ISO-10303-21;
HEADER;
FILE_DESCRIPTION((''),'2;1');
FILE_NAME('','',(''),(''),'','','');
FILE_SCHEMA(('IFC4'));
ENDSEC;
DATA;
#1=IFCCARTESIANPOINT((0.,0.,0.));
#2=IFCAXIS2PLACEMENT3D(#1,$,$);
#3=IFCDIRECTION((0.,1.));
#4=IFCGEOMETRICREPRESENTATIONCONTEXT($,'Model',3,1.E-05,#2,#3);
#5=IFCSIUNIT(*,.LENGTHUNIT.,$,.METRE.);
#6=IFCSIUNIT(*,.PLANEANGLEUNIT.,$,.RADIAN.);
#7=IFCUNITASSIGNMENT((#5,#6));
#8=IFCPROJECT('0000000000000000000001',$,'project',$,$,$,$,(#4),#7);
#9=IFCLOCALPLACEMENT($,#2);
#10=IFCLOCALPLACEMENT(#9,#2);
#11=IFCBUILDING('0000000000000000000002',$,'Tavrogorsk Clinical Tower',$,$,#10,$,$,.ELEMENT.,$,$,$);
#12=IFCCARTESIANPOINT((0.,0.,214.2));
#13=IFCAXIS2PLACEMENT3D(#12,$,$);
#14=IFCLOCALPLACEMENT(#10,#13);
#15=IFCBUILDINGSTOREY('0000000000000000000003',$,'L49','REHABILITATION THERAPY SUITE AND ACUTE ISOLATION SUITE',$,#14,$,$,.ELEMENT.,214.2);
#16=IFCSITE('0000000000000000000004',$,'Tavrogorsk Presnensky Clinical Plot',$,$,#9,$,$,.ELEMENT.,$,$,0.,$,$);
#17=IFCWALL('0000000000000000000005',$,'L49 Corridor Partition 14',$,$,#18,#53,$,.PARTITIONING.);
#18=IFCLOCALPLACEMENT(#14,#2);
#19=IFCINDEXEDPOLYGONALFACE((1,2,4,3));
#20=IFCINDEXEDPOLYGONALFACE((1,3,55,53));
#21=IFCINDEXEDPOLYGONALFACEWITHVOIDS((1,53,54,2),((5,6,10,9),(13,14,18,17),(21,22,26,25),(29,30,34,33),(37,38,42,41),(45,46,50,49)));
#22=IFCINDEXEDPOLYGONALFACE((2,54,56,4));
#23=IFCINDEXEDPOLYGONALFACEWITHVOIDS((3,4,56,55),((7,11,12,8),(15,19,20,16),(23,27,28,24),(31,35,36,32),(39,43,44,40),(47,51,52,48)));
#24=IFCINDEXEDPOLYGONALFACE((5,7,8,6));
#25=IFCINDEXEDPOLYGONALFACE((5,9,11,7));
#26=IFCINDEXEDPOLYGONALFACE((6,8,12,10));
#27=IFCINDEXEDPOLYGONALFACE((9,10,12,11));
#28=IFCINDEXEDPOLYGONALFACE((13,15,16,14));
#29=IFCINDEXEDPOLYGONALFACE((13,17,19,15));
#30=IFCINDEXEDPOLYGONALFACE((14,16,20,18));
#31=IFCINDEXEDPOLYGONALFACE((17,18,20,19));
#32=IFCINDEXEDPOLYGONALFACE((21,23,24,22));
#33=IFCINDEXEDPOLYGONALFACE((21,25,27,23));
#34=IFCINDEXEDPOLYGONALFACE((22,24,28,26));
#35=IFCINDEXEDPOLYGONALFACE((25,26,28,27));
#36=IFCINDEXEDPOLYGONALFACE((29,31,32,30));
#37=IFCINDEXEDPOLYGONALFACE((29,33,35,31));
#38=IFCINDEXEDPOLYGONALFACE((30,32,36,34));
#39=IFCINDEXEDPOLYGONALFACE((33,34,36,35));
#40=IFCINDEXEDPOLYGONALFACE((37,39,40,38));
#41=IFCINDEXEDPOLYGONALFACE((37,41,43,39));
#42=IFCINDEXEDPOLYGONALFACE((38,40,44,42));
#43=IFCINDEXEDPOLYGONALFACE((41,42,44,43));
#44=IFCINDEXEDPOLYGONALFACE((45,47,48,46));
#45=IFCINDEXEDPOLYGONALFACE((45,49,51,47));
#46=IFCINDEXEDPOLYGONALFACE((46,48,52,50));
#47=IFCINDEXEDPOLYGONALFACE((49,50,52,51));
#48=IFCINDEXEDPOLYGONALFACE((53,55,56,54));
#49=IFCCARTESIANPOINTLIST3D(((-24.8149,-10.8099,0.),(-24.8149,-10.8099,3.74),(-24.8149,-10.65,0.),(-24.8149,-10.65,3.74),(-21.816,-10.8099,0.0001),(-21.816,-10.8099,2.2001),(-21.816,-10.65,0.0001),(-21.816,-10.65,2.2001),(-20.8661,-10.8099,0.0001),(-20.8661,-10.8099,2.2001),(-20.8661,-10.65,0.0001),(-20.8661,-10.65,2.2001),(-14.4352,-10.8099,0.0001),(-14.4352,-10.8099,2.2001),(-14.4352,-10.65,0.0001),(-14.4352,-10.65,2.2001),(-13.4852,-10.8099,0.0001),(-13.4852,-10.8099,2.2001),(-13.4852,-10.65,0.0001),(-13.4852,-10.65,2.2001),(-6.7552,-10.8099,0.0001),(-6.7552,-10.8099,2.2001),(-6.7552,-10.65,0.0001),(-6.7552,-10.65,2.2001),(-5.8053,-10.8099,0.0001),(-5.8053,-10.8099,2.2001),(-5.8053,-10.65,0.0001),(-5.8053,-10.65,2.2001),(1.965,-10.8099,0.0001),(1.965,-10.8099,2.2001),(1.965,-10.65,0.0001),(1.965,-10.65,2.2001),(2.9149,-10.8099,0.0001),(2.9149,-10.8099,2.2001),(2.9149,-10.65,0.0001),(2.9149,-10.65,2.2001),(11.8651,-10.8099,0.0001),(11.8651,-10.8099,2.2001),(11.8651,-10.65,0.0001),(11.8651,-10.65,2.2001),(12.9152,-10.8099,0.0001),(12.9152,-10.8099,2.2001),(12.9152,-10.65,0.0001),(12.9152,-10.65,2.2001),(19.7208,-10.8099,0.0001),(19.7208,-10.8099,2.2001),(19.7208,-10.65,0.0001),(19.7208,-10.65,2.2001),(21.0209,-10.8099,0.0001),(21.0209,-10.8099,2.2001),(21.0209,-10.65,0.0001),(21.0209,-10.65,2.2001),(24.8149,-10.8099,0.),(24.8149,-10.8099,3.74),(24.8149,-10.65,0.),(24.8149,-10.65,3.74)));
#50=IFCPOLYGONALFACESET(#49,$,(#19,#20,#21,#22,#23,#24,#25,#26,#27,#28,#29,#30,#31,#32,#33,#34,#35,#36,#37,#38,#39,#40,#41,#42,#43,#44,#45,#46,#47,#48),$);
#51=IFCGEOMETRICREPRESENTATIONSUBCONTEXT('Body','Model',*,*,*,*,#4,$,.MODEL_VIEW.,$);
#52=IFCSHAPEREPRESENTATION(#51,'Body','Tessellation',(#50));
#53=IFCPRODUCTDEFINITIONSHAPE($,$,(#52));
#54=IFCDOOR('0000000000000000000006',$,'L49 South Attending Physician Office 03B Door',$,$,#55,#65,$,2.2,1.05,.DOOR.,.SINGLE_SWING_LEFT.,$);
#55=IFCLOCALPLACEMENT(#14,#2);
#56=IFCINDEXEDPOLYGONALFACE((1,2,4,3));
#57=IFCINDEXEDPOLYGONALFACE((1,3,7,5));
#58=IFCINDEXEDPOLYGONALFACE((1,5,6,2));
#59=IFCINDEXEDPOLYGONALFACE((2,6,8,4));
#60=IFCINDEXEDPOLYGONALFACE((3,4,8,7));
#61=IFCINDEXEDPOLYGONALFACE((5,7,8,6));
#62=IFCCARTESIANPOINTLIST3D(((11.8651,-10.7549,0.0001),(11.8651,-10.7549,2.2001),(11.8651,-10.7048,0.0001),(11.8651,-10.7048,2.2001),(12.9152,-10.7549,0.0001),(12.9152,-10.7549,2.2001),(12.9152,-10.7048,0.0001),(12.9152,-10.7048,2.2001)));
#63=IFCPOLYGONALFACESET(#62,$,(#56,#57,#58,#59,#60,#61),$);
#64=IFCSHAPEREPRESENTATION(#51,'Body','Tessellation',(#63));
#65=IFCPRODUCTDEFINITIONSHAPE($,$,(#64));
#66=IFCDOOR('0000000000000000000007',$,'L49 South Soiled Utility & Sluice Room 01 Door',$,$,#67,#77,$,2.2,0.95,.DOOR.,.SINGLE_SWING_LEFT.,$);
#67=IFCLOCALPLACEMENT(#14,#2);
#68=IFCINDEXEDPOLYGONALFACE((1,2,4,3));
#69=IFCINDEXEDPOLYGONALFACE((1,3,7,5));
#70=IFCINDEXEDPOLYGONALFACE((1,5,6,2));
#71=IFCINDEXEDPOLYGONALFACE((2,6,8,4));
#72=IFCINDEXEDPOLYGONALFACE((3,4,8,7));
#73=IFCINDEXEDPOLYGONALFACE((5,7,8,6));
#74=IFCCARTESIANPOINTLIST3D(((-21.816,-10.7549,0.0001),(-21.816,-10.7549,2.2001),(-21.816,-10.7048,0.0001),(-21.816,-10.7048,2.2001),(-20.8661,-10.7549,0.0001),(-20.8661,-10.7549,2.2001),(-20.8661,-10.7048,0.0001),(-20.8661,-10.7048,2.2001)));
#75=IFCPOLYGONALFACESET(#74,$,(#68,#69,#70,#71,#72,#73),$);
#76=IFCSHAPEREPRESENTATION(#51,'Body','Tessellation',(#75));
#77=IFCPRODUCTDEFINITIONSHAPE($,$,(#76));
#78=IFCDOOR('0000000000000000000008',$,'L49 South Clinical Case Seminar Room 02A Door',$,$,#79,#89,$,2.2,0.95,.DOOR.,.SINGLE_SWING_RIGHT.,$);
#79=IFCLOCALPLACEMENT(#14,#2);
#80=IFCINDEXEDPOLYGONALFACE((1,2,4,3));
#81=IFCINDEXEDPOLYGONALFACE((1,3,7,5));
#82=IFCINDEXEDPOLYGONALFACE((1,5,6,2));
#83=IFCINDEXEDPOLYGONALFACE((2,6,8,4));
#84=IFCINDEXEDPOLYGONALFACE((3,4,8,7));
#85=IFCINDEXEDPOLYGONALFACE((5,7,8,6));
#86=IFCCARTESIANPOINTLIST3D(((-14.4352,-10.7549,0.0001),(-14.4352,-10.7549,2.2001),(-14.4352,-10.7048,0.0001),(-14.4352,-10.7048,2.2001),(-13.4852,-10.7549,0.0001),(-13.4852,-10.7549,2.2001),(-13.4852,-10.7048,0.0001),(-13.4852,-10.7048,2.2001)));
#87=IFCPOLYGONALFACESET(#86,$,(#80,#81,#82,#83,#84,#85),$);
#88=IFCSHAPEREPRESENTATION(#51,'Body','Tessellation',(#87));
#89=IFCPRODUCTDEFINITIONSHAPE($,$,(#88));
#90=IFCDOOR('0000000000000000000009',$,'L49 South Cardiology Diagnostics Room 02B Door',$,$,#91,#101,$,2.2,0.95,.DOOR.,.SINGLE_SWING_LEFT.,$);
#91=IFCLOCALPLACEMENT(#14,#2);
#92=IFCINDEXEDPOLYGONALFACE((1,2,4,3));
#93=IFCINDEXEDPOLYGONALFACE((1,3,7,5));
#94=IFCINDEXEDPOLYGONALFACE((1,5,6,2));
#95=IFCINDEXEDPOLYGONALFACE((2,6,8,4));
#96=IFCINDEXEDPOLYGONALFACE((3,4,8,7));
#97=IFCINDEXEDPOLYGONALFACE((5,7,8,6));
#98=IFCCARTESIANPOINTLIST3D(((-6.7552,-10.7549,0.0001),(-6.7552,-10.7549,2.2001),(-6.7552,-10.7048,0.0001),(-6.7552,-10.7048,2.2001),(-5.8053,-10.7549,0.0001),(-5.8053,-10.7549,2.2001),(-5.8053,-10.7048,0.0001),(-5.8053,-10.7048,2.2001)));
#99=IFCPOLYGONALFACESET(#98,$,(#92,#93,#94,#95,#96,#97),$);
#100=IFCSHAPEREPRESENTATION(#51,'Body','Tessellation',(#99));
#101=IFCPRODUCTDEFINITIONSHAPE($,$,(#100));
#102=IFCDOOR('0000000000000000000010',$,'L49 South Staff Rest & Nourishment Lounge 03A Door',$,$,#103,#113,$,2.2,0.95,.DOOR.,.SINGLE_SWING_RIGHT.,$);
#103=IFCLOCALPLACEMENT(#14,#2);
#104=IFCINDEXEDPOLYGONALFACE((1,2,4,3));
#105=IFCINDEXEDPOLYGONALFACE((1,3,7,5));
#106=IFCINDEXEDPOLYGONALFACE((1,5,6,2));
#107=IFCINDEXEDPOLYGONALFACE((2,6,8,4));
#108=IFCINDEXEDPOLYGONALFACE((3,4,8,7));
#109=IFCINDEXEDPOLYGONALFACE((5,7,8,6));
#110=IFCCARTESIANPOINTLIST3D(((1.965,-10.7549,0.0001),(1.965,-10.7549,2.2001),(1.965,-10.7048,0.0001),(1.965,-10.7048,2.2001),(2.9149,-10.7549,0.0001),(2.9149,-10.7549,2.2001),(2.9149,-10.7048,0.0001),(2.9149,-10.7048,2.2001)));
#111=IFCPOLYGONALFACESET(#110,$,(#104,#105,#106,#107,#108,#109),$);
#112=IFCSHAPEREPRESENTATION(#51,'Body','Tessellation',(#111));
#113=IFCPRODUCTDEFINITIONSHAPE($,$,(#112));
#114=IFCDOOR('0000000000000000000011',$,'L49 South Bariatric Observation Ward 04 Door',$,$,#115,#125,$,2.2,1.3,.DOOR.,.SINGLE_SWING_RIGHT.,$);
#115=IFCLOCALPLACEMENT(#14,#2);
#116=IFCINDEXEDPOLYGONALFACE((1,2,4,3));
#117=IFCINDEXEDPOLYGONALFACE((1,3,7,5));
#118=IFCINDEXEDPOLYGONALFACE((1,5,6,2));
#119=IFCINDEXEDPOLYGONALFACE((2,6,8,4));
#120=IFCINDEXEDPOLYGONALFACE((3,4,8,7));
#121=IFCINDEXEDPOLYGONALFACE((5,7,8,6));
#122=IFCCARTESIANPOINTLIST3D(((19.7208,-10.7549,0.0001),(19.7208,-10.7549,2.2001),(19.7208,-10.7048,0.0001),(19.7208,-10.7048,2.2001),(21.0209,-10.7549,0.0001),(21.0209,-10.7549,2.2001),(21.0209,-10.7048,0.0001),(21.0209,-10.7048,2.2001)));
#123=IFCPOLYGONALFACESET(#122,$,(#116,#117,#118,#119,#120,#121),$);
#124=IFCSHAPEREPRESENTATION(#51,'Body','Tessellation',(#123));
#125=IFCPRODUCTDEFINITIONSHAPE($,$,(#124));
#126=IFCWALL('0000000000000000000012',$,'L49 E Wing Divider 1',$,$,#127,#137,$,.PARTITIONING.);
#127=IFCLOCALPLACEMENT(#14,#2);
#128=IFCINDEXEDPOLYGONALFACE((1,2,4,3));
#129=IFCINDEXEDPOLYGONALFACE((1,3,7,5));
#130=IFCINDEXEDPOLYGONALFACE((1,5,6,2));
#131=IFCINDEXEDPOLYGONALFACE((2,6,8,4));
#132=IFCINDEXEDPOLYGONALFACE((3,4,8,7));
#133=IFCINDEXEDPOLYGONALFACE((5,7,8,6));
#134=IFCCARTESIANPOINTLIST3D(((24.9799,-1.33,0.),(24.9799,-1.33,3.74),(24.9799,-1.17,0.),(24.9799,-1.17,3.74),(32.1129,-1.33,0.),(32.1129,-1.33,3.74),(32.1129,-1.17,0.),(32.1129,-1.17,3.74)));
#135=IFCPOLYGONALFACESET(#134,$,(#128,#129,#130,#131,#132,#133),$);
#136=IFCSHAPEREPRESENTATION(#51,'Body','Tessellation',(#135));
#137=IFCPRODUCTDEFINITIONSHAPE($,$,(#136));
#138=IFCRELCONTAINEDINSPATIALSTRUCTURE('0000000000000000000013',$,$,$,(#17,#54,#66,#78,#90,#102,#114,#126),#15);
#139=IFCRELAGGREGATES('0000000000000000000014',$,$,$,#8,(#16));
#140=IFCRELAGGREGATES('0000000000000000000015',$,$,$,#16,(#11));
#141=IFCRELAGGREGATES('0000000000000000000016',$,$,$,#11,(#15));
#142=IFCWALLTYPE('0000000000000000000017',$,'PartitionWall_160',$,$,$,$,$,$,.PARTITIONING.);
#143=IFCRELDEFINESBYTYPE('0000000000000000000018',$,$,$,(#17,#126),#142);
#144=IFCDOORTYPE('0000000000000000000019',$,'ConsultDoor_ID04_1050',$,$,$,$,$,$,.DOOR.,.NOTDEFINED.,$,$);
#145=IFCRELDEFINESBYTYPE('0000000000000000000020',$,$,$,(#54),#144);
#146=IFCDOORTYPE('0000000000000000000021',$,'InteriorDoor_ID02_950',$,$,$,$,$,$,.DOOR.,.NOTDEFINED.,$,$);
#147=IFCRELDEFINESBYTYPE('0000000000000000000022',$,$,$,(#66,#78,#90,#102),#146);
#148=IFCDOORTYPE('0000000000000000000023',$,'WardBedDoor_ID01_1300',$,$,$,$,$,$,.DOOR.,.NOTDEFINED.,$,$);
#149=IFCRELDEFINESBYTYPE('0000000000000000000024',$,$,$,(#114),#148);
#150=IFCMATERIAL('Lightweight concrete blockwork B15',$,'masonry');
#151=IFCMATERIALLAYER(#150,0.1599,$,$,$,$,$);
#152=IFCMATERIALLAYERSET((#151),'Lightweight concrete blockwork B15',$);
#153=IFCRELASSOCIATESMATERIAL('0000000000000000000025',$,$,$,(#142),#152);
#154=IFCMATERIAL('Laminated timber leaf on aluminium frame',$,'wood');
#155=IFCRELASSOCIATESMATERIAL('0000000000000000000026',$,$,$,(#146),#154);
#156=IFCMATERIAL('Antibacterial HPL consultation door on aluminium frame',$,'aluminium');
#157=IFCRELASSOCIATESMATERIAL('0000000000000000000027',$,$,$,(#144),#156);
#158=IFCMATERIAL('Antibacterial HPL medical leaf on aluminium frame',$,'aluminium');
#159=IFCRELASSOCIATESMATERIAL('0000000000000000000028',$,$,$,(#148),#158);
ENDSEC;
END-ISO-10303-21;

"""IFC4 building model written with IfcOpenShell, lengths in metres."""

from ifc_helpers import new_model, si_unit, direction, frame, frame_2d, origin, place, context, subcontext, project, spatial, rectangle, extrude, material, layer, layer_set, type_object, element, fill, save


model = new_model("IFC4")

# Units and contexts
model_context = context("Model", 3, precision=1e-05, world=origin(), true_north=direction((0.0, 1.0)))
body_context = subcontext(model_context, "Body", "Model", "MODEL_VIEW")
ifc_project = project(units=[si_unit("LENGTHUNIT", "METRE"), si_unit("PLANEANGLEUNIT", "RADIAN")], contexts=[model_context])

# Site, building, storey
site_placement = place(None, origin())
site = spatial("IfcSite", under=ifc_project, at=site_placement, Name="Tavrogorsk Presnensky Clinical Plot", CompositionType="ELEMENT", RefElevation=0.0)
building_placement = place(site_placement, origin())
building = spatial("IfcBuilding", under=site, at=building_placement, Name="Tavrogorsk Clinical Tower", CompositionType="ELEMENT")
storey_placement = place(building_placement, frame((0.0, 0.0, 214.2)))
storey = spatial("IfcBuildingStorey", under=building, at=storey_placement, Name="L49", Description="REHABILITATION THERAPY SUITE AND ACUTE ISOLATION SUITE", CompositionType="ELEMENT", Elevation=214.2)

# Shared definitions
ifc_material_1 = material(Name="Lightweight concrete blockwork B15", Category="masonry")
ifc_layer = layer(ifc_material_1, 0.1599)
ifc_layer_set = layer_set([ifc_layer], Name="Lightweight concrete blockwork B15")
wall_type = type_object("IfcWallType", Name="PartitionWall_160", PredefinedType="PARTITIONING", material=ifc_layer_set)
ifc_material_2 = material(Name="Laminated timber leaf on aluminium frame", Category="wood")
door_type_1 = type_object("IfcDoorType", Name="InteriorDoor_ID02_950", OperationType="NOTDEFINED", PredefinedType="DOOR", material=ifc_material_2)

# Wall, openings, doors
wall_1_placement = place(storey_placement, frame((24.8149, -10.73, 0.0), z_axis=(0.0, 0.0, 1.0), x_axis=(-1.0, 0.0, 0.0)))
wall_1 = element("IfcWall", 1, at=wall_1_placement, inside=storey, type_object=wall_type, Name="L49 Corridor Partition 14", PredefinedType="PARTITIONING", context=body_context, shape_type="SweptSolid", body=[
    extrude(rectangle(XDim=49.6299, YDim=0.1599, at=frame_2d((24.8149, 0.0))), origin(), (0.0, 0.0, 1.0), 3.74),
])
opening_1_placement = place(wall_1_placement, frame((45.6809, 0.0, 0.0)))
opening_1 = element("IfcOpeningElement", 2, at=opening_1_placement, cuts=wall_1, PredefinedType="OPENING", context=body_context, shape_type="SweptSolid", body=[
    extrude(rectangle(XDim=0.95, YDim=2.2, at=frame_2d((0.4751, 1.1001))), frame((0.0, 0.0898, 0.0), z_axis=(0.0, -1.0, 0.0), x_axis=(1.0, 0.0, 0.0)), (0.0, 0.0, 1.0), 0.1799),
])
opening_2_placement = place(wall_1_placement, frame((38.3, 0.0, 0.0)))
opening_2 = element("IfcOpeningElement", 3, at=opening_2_placement, cuts=wall_1, PredefinedType="OPENING", context=body_context, shape_type="SweptSolid", body=[
    extrude(rectangle(XDim=0.95, YDim=2.2, at=frame_2d((0.4751, 1.1001))), frame((0.0, 0.0898, 0.0), z_axis=(0.0, -1.0, 0.0), x_axis=(1.0, 0.0, 0.0)), (0.0, 0.0, 1.0), 0.1799),
])
opening_3_placement = place(wall_1_placement, frame((30.6201, 0.0, 0.0)))
opening_3 = element("IfcOpeningElement", 4, at=opening_3_placement, cuts=wall_1, PredefinedType="OPENING", context=body_context, shape_type="SweptSolid", body=[
    extrude(rectangle(XDim=0.95, YDim=2.2, at=frame_2d((0.4751, 1.1001))), frame((0.0, 0.0898, 0.0), z_axis=(0.0, -1.0, 0.0), x_axis=(1.0, 0.0, 0.0)), (0.0, 0.0, 1.0), 0.1799),
])
opening_4_placement = place(wall_1_placement, frame((21.8999, 0.0, 0.0)))
opening_4 = element("IfcOpeningElement", 5, at=opening_4_placement, cuts=wall_1, PredefinedType="OPENING", context=body_context, shape_type="SweptSolid", body=[
    extrude(rectangle(XDim=0.95, YDim=2.2, at=frame_2d((0.4751, 1.1001))), frame((0.0, 0.0898, 0.0), z_axis=(0.0, -1.0, 0.0), x_axis=(1.0, 0.0, 0.0)), (0.0, 0.0, 1.0), 0.1799),
])
opening_5_placement = place(wall_1_placement, frame((11.8999, 0.0, 0.0)))
opening_5 = element("IfcOpeningElement", 6, at=opening_5_placement, cuts=wall_1, PredefinedType="OPENING", context=body_context, shape_type="SweptSolid", body=[
    extrude(rectangle(XDim=1.05, YDim=2.2, at=frame_2d((0.5249, 1.1001))), frame((0.0, 0.0898, 0.0), z_axis=(0.0, -1.0, 0.0), x_axis=(1.0, 0.0, 0.0)), (0.0, 0.0, 1.0), 0.1799),
])
opening_6_placement = place(wall_1_placement, frame((3.7942, 0.0, 0.0)))
opening_6 = element("IfcOpeningElement", 7, at=opening_6_placement, cuts=wall_1, PredefinedType="OPENING", context=body_context, shape_type="SweptSolid", body=[
    extrude(rectangle(XDim=1.3, YDim=2.2, at=frame_2d((0.6499, 1.1001))), frame((0.0, 0.0898, 0.0), z_axis=(0.0, -1.0, 0.0), x_axis=(1.0, 0.0, 0.0)), (0.0, 0.0, 1.0), 0.1799),
])
ifc_material_3 = material(Name="Antibacterial HPL consultation door on aluminium frame", Category="aluminium")
door_type_2 = type_object("IfcDoorType", Name="ConsultDoor_ID04_1050", OperationType="NOTDEFINED", PredefinedType="DOOR", material=ifc_material_3)
door_1_placement = place(opening_5_placement, origin())
door_1 = element("IfcDoor", 8, at=door_1_placement, inside=storey, type_object=door_type_2, Name="L49 South Attending Physician Office 03B Door", OperationType="SINGLE_SWING_LEFT", OverallHeight=2.2, OverallWidth=1.05, PredefinedType="DOOR", context=body_context, shape_type="SweptSolid", body=[
    extrude(rectangle(XDim=1.05, YDim=2.2, at=frame_2d((0.5249, 1.1001))), frame((0.0, 0.0249, 0.0), z_axis=(0.0, -1.0, 0.0), x_axis=(1.0, 0.0, 0.0)), (0.0, 0.0, 1.0), 0.05),
])
fill(opening_5, door_1)
door_2_placement = place(opening_1_placement, origin())
door_2 = element("IfcDoor", 9, at=door_2_placement, inside=storey, type_object=door_type_1, Name="L49 South Soiled Utility & Sluice Room 01 Door", OperationType="SINGLE_SWING_LEFT", OverallHeight=2.2, OverallWidth=0.95, PredefinedType="DOOR", context=body_context, shape_type="SweptSolid", body=[
    extrude(rectangle(XDim=0.95, YDim=2.2, at=frame_2d((0.4751, 1.1001))), frame((0.0, 0.0249, 0.0), z_axis=(0.0, -1.0, 0.0), x_axis=(1.0, 0.0, 0.0)), (0.0, 0.0, 1.0), 0.05),
])
fill(opening_1, door_2)
door_3_placement = place(opening_2_placement, origin())
door_3 = element("IfcDoor", 10, at=door_3_placement, inside=storey, type_object=door_type_1, Name="L49 South Clinical Case Seminar Room 02A Door", OperationType="SINGLE_SWING_RIGHT", OverallHeight=2.2, OverallWidth=0.95, PredefinedType="DOOR", context=body_context, shape_type="SweptSolid", body=[
    extrude(rectangle(XDim=0.95, YDim=2.2, at=frame_2d((0.4751, 1.1001))), frame((0.0, 0.0249, 0.0), z_axis=(0.0, -1.0, 0.0), x_axis=(1.0, 0.0, 0.0)), (0.0, 0.0, 1.0), 0.05),
])
fill(opening_2, door_3)
door_4_placement = place(opening_3_placement, origin())
door_4 = element("IfcDoor", 11, at=door_4_placement, inside=storey, type_object=door_type_1, Name="L49 South Cardiology Diagnostics Room 02B Door", OperationType="SINGLE_SWING_LEFT", OverallHeight=2.2, OverallWidth=0.95, PredefinedType="DOOR", context=body_context, shape_type="SweptSolid", body=[
    extrude(rectangle(XDim=0.95, YDim=2.2, at=frame_2d((0.4751, 1.1001))), frame((0.0, 0.0249, 0.0), z_axis=(0.0, -1.0, 0.0), x_axis=(1.0, 0.0, 0.0)), (0.0, 0.0, 1.0), 0.05),
])
fill(opening_3, door_4)
door_5_placement = place(opening_4_placement, origin())
door_5 = element("IfcDoor", 12, at=door_5_placement, inside=storey, type_object=door_type_1, Name="L49 South Staff Rest & Nourishment Lounge 03A Door", OperationType="SINGLE_SWING_RIGHT", OverallHeight=2.2, OverallWidth=0.95, PredefinedType="DOOR", context=body_context, shape_type="SweptSolid", body=[
    extrude(rectangle(XDim=0.95, YDim=2.2, at=frame_2d((0.4751, 1.1001))), frame((0.0, 0.0249, 0.0), z_axis=(0.0, -1.0, 0.0), x_axis=(1.0, 0.0, 0.0)), (0.0, 0.0, 1.0), 0.05),
])
fill(opening_4, door_5)
ifc_material_4 = material(Name="Antibacterial HPL medical leaf on aluminium frame", Category="aluminium")
door_type_3 = type_object("IfcDoorType", Name="WardBedDoor_ID01_1300", OperationType="NOTDEFINED", PredefinedType="DOOR", material=ifc_material_4)
door_6_placement = place(opening_6_placement, origin())
door_6 = element("IfcDoor", 13, at=door_6_placement, inside=storey, type_object=door_type_3, Name="L49 South Bariatric Observation Ward 04 Door", OperationType="SINGLE_SWING_RIGHT", OverallHeight=2.2, OverallWidth=1.3, PredefinedType="DOOR", context=body_context, shape_type="SweptSolid", body=[
    extrude(rectangle(XDim=1.3, YDim=2.2, at=frame_2d((0.6499, 1.1001))), frame((0.0, 0.0249, 0.0), z_axis=(0.0, -1.0, 0.0), x_axis=(1.0, 0.0, 0.0)), (0.0, 0.0, 1.0), 0.05),
])
fill(opening_6, door_6)

# Wall
wall_2_placement = place(storey_placement, frame((24.98, -1.25, 0.0), z_axis=(0.0, 0.0, 1.0), x_axis=(1.0, 0.0, 0.0)))
element("IfcWall", 14, at=wall_2_placement, inside=storey, type_object=wall_type, Name="L49 E Wing Divider 1", PredefinedType="PARTITIONING", context=body_context, shape_type="SweptSolid", body=[
    extrude(rectangle(XDim=7.1331, YDim=0.1599, at=frame_2d((3.5664, 0.0))), origin(), (0.0, 0.0, 1.0), 3.74),
])

save(model, "model.ifc")
